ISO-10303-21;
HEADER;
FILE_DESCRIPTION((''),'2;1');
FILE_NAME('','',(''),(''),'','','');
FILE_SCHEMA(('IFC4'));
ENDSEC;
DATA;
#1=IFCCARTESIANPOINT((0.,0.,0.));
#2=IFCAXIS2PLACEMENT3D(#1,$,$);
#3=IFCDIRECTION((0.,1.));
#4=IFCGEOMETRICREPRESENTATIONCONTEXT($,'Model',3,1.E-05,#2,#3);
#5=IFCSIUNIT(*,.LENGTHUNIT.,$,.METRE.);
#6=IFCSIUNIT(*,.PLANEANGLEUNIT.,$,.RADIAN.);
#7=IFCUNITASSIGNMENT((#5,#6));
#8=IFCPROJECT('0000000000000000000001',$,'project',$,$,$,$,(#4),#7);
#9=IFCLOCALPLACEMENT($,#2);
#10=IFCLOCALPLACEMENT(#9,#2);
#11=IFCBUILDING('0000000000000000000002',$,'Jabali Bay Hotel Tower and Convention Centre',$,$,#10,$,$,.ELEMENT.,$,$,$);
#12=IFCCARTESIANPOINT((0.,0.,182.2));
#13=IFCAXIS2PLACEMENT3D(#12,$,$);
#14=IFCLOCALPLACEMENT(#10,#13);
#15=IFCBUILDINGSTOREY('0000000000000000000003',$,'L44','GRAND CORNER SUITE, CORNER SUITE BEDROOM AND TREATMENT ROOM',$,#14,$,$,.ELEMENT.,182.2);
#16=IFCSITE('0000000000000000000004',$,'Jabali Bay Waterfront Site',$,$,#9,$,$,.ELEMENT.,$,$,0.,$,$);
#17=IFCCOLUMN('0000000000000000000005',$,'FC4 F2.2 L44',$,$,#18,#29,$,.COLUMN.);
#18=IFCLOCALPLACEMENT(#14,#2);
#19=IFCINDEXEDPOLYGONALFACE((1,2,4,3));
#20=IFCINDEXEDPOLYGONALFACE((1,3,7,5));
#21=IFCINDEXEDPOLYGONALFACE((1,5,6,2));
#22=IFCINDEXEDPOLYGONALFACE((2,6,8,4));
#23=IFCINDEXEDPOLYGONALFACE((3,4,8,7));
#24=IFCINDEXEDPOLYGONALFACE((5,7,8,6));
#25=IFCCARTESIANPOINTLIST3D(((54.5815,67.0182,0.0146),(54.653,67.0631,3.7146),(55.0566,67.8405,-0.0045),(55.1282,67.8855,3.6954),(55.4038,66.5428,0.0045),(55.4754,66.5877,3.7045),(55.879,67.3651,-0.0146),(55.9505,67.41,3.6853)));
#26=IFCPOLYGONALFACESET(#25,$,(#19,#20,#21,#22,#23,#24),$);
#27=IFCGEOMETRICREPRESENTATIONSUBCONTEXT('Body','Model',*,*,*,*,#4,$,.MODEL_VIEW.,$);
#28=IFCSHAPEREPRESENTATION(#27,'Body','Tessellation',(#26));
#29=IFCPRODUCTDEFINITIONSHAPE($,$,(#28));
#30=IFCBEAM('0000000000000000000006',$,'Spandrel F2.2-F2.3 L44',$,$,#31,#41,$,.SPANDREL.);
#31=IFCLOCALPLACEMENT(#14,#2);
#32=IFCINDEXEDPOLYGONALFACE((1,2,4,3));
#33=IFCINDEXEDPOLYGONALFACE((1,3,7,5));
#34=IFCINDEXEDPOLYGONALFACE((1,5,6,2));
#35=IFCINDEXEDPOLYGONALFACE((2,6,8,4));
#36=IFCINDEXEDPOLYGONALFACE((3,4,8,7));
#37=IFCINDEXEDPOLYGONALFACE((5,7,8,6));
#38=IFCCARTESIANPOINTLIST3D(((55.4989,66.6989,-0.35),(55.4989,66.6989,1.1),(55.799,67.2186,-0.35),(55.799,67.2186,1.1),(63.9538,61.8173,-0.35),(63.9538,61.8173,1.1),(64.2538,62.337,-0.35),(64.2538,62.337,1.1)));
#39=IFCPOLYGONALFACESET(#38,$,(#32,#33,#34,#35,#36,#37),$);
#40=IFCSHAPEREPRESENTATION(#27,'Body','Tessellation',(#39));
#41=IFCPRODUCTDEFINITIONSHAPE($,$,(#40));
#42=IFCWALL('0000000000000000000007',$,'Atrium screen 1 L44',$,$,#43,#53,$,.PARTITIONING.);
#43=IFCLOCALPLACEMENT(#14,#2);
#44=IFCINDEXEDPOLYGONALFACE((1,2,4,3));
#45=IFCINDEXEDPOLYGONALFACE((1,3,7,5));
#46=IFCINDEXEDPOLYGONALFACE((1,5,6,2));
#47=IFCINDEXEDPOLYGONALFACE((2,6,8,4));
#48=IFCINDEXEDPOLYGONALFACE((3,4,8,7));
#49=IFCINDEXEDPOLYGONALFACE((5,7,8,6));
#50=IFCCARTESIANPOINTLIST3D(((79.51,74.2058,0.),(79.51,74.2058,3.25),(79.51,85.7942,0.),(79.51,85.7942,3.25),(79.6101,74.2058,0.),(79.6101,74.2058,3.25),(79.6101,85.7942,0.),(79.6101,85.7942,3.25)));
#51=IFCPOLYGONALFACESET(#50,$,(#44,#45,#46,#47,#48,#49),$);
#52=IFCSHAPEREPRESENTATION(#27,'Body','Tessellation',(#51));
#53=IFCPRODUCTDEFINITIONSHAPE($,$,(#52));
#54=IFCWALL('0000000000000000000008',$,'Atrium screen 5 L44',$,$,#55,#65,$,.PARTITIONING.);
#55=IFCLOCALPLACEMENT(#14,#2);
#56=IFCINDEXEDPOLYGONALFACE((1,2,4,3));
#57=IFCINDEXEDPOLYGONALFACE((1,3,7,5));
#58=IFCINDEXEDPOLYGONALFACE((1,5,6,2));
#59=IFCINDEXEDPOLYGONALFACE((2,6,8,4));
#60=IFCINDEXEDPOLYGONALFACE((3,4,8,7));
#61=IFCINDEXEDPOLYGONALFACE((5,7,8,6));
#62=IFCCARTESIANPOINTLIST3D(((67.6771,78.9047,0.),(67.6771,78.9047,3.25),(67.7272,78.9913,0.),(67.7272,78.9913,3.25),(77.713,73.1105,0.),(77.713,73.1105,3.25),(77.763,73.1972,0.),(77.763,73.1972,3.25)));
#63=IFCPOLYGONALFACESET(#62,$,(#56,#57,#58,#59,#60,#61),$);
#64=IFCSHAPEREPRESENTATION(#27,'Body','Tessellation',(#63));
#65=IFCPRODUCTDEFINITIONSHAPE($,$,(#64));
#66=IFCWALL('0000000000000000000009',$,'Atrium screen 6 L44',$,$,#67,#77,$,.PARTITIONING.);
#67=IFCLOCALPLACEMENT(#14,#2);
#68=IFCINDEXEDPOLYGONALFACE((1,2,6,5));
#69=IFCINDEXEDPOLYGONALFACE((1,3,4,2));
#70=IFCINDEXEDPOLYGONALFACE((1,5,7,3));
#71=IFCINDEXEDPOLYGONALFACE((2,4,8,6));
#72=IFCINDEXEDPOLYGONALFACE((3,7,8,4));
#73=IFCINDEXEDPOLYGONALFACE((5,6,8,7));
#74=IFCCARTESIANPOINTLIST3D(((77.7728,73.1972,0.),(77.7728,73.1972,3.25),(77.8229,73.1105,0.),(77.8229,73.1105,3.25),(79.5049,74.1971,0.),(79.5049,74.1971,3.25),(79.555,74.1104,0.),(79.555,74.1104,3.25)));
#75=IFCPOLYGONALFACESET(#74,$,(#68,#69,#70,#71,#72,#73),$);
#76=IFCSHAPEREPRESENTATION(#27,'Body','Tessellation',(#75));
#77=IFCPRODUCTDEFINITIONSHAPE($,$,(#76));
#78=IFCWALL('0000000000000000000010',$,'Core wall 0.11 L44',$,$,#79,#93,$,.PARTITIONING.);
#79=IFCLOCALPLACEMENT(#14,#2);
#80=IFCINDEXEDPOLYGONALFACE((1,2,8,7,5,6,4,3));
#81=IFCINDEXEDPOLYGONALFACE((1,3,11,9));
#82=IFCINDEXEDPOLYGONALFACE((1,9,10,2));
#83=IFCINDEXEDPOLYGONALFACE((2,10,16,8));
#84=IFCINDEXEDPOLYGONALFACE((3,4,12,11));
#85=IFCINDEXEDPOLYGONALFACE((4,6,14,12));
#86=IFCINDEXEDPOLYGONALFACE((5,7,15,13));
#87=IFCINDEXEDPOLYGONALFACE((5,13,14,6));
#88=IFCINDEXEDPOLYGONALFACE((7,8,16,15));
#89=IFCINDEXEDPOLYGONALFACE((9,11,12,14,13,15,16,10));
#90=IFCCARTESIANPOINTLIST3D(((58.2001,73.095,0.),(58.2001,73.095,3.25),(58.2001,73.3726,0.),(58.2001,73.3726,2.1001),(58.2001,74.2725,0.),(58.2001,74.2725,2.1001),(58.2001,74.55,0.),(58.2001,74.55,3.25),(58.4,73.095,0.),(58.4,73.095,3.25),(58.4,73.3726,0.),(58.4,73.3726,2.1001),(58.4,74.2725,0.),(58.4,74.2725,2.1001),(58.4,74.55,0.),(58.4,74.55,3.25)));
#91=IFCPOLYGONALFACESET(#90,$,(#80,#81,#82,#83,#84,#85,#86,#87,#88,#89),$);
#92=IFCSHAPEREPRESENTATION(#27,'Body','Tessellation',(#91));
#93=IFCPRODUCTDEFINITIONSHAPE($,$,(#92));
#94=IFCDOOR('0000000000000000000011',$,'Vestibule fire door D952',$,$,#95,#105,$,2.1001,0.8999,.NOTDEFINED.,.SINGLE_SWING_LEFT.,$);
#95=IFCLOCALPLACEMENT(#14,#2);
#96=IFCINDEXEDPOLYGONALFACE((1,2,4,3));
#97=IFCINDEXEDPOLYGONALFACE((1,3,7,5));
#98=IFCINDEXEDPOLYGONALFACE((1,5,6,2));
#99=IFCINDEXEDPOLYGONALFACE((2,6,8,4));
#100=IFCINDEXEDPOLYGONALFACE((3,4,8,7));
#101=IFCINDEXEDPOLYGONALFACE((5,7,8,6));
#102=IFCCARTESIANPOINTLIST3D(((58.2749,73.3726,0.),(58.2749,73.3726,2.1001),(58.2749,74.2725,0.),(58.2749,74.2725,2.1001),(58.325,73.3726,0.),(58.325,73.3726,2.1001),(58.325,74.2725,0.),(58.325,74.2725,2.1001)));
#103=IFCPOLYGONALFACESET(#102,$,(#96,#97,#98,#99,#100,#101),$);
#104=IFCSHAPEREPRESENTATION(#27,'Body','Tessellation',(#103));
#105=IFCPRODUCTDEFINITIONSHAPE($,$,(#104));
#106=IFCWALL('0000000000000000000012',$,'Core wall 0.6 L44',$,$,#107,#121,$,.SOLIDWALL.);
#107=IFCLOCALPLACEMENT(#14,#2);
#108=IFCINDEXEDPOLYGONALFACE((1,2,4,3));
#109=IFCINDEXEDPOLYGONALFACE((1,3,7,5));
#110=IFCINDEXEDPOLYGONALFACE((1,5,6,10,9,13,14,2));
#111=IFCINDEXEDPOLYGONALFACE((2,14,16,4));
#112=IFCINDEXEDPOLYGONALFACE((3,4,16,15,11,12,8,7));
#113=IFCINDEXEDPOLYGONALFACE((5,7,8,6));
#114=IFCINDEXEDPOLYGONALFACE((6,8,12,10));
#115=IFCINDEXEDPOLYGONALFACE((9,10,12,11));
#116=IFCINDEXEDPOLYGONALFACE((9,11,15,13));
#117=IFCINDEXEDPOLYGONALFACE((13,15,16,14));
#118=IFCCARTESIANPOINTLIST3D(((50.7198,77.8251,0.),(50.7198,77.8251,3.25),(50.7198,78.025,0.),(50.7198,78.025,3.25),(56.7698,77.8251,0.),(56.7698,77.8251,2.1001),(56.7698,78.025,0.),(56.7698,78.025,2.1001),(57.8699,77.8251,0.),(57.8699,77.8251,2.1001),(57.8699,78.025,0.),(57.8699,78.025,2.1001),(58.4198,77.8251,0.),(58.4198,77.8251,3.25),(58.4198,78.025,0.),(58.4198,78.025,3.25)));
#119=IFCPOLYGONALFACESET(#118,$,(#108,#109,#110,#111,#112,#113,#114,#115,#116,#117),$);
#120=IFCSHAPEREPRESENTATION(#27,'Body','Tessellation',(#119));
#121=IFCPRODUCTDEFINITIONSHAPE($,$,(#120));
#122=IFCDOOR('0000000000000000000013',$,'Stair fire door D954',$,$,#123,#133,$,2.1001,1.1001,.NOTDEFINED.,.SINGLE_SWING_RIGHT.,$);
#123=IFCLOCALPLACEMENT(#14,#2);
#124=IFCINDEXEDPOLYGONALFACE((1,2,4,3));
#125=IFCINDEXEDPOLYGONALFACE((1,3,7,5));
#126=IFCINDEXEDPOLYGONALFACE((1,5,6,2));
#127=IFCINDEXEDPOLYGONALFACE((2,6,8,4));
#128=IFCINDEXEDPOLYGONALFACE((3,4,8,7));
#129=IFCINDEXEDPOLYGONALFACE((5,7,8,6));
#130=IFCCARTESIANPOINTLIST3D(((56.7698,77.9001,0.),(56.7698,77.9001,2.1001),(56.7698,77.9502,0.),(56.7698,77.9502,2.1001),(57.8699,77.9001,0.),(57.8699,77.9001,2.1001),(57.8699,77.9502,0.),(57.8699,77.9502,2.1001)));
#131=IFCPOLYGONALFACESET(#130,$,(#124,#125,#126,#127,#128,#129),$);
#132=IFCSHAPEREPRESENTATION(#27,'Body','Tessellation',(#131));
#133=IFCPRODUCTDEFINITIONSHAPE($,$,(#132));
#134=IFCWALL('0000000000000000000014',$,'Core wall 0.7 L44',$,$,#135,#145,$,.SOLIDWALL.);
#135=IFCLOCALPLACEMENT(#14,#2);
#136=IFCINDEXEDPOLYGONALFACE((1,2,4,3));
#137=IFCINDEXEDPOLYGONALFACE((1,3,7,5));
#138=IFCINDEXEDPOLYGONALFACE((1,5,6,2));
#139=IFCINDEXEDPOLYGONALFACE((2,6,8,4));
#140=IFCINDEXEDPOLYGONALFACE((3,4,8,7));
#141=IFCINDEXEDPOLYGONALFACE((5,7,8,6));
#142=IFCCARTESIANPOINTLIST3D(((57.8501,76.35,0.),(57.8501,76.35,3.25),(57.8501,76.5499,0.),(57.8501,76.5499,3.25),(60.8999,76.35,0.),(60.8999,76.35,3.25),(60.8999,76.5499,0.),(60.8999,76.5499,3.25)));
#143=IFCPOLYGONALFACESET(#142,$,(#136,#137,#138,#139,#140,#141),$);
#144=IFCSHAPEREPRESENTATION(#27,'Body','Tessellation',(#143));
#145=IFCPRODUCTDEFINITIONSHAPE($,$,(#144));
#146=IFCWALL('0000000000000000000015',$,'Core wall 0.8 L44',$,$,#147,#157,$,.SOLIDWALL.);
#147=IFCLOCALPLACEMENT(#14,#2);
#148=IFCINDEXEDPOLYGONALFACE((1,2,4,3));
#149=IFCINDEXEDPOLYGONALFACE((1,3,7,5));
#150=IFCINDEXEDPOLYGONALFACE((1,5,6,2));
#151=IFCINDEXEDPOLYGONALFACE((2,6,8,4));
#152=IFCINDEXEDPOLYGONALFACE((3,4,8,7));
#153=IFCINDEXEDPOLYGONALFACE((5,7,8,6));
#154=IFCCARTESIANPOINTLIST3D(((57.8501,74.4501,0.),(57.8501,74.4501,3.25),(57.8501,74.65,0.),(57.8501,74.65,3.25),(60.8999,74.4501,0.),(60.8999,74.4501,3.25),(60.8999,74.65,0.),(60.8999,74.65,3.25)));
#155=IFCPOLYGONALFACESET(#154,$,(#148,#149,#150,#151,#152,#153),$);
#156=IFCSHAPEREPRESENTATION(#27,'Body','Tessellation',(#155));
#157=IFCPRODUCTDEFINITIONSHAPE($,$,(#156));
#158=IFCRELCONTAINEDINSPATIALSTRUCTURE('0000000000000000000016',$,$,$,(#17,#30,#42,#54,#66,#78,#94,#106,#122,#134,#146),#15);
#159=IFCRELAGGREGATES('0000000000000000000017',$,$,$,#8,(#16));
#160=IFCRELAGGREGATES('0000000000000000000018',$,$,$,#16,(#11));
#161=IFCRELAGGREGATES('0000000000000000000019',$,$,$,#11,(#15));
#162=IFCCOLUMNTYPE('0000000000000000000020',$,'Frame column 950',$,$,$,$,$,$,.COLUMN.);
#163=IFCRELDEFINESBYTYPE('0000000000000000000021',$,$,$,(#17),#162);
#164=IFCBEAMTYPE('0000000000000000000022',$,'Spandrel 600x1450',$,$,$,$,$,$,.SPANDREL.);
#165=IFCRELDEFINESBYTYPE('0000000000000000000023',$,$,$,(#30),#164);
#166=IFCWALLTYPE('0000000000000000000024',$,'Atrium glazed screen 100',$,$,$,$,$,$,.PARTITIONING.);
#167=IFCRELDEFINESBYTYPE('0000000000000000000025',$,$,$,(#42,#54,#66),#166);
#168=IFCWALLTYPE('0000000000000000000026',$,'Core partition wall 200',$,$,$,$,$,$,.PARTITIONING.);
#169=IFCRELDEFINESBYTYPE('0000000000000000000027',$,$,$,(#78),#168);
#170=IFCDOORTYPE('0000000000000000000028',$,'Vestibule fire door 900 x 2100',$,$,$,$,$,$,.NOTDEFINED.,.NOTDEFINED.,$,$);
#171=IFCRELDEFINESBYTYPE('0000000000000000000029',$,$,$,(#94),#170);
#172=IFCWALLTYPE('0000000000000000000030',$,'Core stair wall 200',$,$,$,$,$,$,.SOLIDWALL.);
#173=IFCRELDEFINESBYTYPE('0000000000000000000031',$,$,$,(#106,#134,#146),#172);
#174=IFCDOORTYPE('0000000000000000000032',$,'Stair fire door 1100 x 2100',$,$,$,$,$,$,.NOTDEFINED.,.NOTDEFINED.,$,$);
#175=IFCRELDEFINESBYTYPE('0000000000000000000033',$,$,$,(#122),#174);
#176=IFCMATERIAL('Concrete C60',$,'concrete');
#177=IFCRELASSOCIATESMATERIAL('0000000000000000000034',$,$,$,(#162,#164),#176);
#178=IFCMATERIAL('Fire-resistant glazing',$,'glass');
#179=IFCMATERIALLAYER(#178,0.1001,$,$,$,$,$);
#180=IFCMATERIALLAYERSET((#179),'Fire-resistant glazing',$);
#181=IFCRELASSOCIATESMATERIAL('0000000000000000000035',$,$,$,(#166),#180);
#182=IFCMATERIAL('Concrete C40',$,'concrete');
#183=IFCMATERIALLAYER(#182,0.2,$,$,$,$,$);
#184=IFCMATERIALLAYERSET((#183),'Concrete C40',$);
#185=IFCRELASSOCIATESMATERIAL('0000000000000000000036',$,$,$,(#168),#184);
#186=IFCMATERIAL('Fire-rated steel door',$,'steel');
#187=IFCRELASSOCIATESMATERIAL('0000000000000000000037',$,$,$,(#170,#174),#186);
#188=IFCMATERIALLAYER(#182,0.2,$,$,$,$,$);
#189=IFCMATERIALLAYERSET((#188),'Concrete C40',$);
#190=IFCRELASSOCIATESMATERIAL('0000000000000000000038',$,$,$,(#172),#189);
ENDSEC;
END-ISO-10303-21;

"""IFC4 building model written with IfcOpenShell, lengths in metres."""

from ifc_helpers import new_model, si_unit, direction, frame, frame_2d, origin, origin_2d, place, context, subcontext, project, spatial, rectangle, extrude, material, layer, layer_set, material_profile, profile_set, type_object, element, fill, save


model = new_model("IFC4")

# Units and contexts
model_context = context("Model", 3, precision=1e-05, world=origin(), true_north=direction((0.0, 1.0)))
body_context = subcontext(model_context, "Body", "Model", "MODEL_VIEW")
ifc_project = project(units=[si_unit("LENGTHUNIT", "METRE"), si_unit("PLANEANGLEUNIT", "RADIAN")], contexts=[model_context])

# Site, building, storey
site_placement = place(None, origin())
site = spatial("IfcSite", under=ifc_project, at=site_placement, Name="Jabali Bay Waterfront Site", CompositionType="ELEMENT", RefElevation=0.0)
building_placement = place(site_placement, origin())
building = spatial("IfcBuilding", under=site, at=building_placement, Name="Jabali Bay Hotel Tower and Convention Centre", CompositionType="ELEMENT")
storey_placement = place(building_placement, frame((0.0, 0.0, 182.2)))
storey = spatial("IfcBuildingStorey", under=building, at=storey_placement, Name="L44", Description="GRAND CORNER SUITE, CORNER SUITE BEDROOM AND TREATMENT ROOM", CompositionType="ELEMENT", Elevation=182.2)

# Column
ifc_material_1 = material(Name="Concrete C60", Category="concrete")
ifc_material_profile_1 = material_profile(ifc_material_1, rectangle(XDim=0.95, YDim=0.95, at=origin_2d()), Name="Frame column 950")
ifc_profile_set_1 = profile_set([ifc_material_profile_1], Name="Concrete C60")
column_type = type_object("IfcColumnType", Name="Frame column 950", PredefinedType="COLUMN", material=ifc_profile_set_1)
column_placement = place(storey_placement, frame((55.2302, 67.1917, 0.0), z_axis=(0.019329, 0.012138, 0.99974), x_axis=(-0.865694, 0.50046, 0.010661)))
element("IfcColumn", 1, at=column_placement, inside=storey, type_object=column_type, Name="FC4 F2.2 L44", PredefinedType="COLUMN", context=body_context, shape_type="SweptSolid", body=[
    extrude(rectangle(XDim=0.95, YDim=0.95, at=origin_2d()), origin(), (0.0, 0.0, 1.0), 3.7009),
])

# Beam
ifc_material_profile_2 = material_profile(ifc_material_1, rectangle(XDim=0.6001, YDim=1.45, at=origin_2d()), Name="Spandrel 600x1450")
ifc_profile_set_2 = profile_set([ifc_material_profile_2], Name="Concrete C60")
beam_type = type_object("IfcBeamType", Name="Spandrel 600x1450", PredefinedType="SPANDREL", material=ifc_profile_set_2)
beam_placement = place(storey_placement, frame((55.6489, 66.9587, 0.375), z_axis=(0.866017, -0.500015, 0.0), x_axis=(0.500015, 0.866017, 0.0)))
element("IfcBeam", 2, at=beam_placement, inside=storey, type_object=beam_type, Name="Spandrel F2.2-F2.3 L44", PredefinedType="SPANDREL", context=body_context, shape_type="SweptSolid", body=[
    extrude(rectangle(XDim=0.6001, YDim=1.45, at=origin_2d()), origin(), (0.0, 0.0, 1.0), 9.7629),
])

# Walls
ifc_material_2 = material(Name="Fire-resistant glazing", Category="glass")
ifc_layer_1 = layer(ifc_material_2, 0.1001)
ifc_layer_set_1 = layer_set([ifc_layer_1], Name="Fire-resistant glazing")
wall_type_1 = type_object("IfcWallType", Name="Atrium glazed screen 100", PredefinedType="PARTITIONING", material=ifc_layer_set_1)
for number, where, z_axis, x_axis, name in (
    (3, (79.5601, 74.2058, 0.0), (0.0, 0.0, 1.0), (0.0, 1.0, 0.0), "Atrium screen 1 L44"),
    (4, (67.7021, 78.948, 0.0), (0.0, 0.0, 1.0), (0.866027, -0.499998, 0.0), "Atrium screen 5 L44"),
):
    element("IfcWall", number, at=place(storey_placement, frame(where, z_axis=z_axis, x_axis=x_axis)), inside=storey, type_object=wall_type_1, Name=name, PredefinedType="PARTITIONING", context=body_context, shape_type="SweptSolid", body=[
        extrude(rectangle(XDim=11.5884, YDim=0.1001, at=frame_2d((5.7942, 0.0))), origin(), (0.0, 0.0, 1.0), 3.25),
    ])
wall_1_placement = place(storey_placement, frame((77.7979, 73.1538, 0.0), z_axis=(0.0, 0.0, 1.0), x_axis=(0.866041, 0.499973, 0.0)))
element("IfcWall", 5, at=wall_1_placement, inside=storey, type_object=wall_type_1, Name="Atrium screen 6 L44", PredefinedType="PARTITIONING", context=body_context, shape_type="SweptSolid", body=[
    extrude(rectangle(XDim=2.0, YDim=0.1001, at=frame_2d((1.0, 0.0))), origin(), (0.0, 0.0, 1.0), 3.25),
])

# Walls, openings, doors
ifc_material_3 = material(Name="Concrete C40", Category="concrete")
ifc_layer_2 = layer(ifc_material_3, 0.2)
ifc_layer_set_2 = layer_set([ifc_layer_2], Name="Concrete C40")
wall_type_2 = type_object("IfcWallType", Name="Core partition wall 200", PredefinedType="PARTITIONING", material=ifc_layer_set_2)
wall_2_placement = place(storey_placement, frame((58.3, 74.55, 0.0), z_axis=(0.0, 0.0, 1.0), x_axis=(0.0, -1.0, 0.0)))
wall_2 = element("IfcWall", 6, at=wall_2_placement, inside=storey, type_object=wall_type_2, Name="Core wall 0.11 L44", PredefinedType="PARTITIONING", context=body_context, shape_type="SweptSolid", body=[
    extrude(rectangle(XDim=1.4551, YDim=0.2, at=frame_2d((0.7275, 0.0))), origin(), (0.0, 0.0, 1.0), 3.25),
])
opening_1_placement = place(wall_2_placement, frame((0.2776, 0.0, 0.0)))
opening_1 = element("IfcOpeningElement", 7, at=opening_1_placement, cuts=wall_2, PredefinedType="OPENING", context=body_context, shape_type="SweptSolid", body=[
    extrude(rectangle(XDim=0.8999, YDim=2.1001, at=frame_2d((0.45, 1.05))), frame((0.0, 0.1104, 0.0), z_axis=(0.0, -1.0, 0.0), x_axis=(1.0, 0.0, 0.0)), (0.0, 0.0, 1.0), 0.2209),
])
ifc_material_4 = material(Name="Fire-rated steel door", Category="steel")
door_type_1 = type_object("IfcDoorType", Name="Vestibule fire door 900 x 2100", OperationType="NOTDEFINED", PredefinedType="NOTDEFINED", material=ifc_material_4)
door_1_placement = place(opening_1_placement, origin())
door_1 = element("IfcDoor", 8, at=door_1_placement, inside=storey, type_object=door_type_1, Name="Vestibule fire door D952", OperationType="SINGLE_SWING_LEFT", OverallHeight=2.1001, OverallWidth=0.8999, PredefinedType="NOTDEFINED", context=body_context, shape_type="SweptSolid", body=[
    extrude(rectangle(XDim=0.8999, YDim=2.1001, at=frame_2d((0.45, 1.05))), frame((0.0, 0.0249, 0.0), z_axis=(0.0, -1.0, 0.0), x_axis=(1.0, 0.0, 0.0)), (0.0, 0.0, 1.0), 0.05),
])
fill(opening_1, door_1)
ifc_layer_3 = layer(ifc_material_3, 0.2)
ifc_layer_set_3 = layer_set([ifc_layer_3], Name="Concrete C40")
wall_type_3 = type_object("IfcWallType", Name="Core stair wall 200", PredefinedType="SOLIDWALL", material=ifc_layer_set_3)
wall_3_placement = place(storey_placement, frame((58.4199, 77.925, 0.0), z_axis=(0.0, 0.0, 1.0), x_axis=(-1.0, 0.0, 0.0)))
wall_3 = element("IfcWall", 9, at=wall_3_placement, inside=storey, type_object=wall_type_3, Name="Core wall 0.6 L44", PredefinedType="SOLIDWALL", context=body_context, shape_type="SweptSolid", body=[
    extrude(rectangle(XDim=7.7, YDim=0.2, at=frame_2d((3.8501, 0.0))), origin(), (0.0, 0.0, 1.0), 3.25),
])
opening_2_placement = place(wall_3_placement, frame((0.55, 0.0, 0.0)))
opening_2 = element("IfcOpeningElement", 10, at=opening_2_placement, cuts=wall_3, PredefinedType="OPENING", context=body_context, shape_type="SweptSolid", body=[
    extrude(rectangle(XDim=1.1001, YDim=2.1001, at=frame_2d((0.55, 1.05))), frame((0.0, 0.1104, 0.0), z_axis=(0.0, -1.0, 0.0), x_axis=(1.0, 0.0, 0.0)), (0.0, 0.0, 1.0), 0.2209),
])
door_type_2 = type_object("IfcDoorType", Name="Stair fire door 1100 x 2100", OperationType="NOTDEFINED", PredefinedType="NOTDEFINED", material=ifc_material_4)
door_2_placement = place(opening_2_placement, origin())
door_2 = element("IfcDoor", 11, at=door_2_placement, inside=storey, type_object=door_type_2, Name="Stair fire door D954", OperationType="SINGLE_SWING_RIGHT", OverallHeight=2.1001, OverallWidth=1.1001, PredefinedType="NOTDEFINED", context=body_context, shape_type="SweptSolid", body=[
    extrude(rectangle(XDim=1.1001, YDim=2.1001, at=frame_2d((0.55, 1.05))), frame((0.0, 0.0249, 0.0), z_axis=(0.0, -1.0, 0.0), x_axis=(1.0, 0.0, 0.0)), (0.0, 0.0, 1.0), 0.05),
])
fill(opening_2, door_2)

# Walls
for number, where, z_axis, x_axis, name in (
    (12, (60.8999, 76.45, 0.0), (0.0, 0.0, 1.0), (-1.0, 0.0, 0.0), "Core wall 0.7 L44"),
    (13, (60.8999, 74.55, 0.0), (0.0, 0.0, 1.0), (-1.0, 0.0, 0.0), "Core wall 0.8 L44"),
):
    element("IfcWall", number, at=place(storey_placement, frame(where, z_axis=z_axis, x_axis=x_axis)), inside=storey, type_object=wall_type_3, Name=name, PredefinedType="SOLIDWALL", context=body_context, shape_type="SweptSolid", body=[
        extrude(rectangle(XDim=3.0498, YDim=0.2, at=frame_2d((1.5249, 0.0))), origin(), (0.0, 0.0, 1.0), 3.25),
    ])

save(model, "model.ifc")
